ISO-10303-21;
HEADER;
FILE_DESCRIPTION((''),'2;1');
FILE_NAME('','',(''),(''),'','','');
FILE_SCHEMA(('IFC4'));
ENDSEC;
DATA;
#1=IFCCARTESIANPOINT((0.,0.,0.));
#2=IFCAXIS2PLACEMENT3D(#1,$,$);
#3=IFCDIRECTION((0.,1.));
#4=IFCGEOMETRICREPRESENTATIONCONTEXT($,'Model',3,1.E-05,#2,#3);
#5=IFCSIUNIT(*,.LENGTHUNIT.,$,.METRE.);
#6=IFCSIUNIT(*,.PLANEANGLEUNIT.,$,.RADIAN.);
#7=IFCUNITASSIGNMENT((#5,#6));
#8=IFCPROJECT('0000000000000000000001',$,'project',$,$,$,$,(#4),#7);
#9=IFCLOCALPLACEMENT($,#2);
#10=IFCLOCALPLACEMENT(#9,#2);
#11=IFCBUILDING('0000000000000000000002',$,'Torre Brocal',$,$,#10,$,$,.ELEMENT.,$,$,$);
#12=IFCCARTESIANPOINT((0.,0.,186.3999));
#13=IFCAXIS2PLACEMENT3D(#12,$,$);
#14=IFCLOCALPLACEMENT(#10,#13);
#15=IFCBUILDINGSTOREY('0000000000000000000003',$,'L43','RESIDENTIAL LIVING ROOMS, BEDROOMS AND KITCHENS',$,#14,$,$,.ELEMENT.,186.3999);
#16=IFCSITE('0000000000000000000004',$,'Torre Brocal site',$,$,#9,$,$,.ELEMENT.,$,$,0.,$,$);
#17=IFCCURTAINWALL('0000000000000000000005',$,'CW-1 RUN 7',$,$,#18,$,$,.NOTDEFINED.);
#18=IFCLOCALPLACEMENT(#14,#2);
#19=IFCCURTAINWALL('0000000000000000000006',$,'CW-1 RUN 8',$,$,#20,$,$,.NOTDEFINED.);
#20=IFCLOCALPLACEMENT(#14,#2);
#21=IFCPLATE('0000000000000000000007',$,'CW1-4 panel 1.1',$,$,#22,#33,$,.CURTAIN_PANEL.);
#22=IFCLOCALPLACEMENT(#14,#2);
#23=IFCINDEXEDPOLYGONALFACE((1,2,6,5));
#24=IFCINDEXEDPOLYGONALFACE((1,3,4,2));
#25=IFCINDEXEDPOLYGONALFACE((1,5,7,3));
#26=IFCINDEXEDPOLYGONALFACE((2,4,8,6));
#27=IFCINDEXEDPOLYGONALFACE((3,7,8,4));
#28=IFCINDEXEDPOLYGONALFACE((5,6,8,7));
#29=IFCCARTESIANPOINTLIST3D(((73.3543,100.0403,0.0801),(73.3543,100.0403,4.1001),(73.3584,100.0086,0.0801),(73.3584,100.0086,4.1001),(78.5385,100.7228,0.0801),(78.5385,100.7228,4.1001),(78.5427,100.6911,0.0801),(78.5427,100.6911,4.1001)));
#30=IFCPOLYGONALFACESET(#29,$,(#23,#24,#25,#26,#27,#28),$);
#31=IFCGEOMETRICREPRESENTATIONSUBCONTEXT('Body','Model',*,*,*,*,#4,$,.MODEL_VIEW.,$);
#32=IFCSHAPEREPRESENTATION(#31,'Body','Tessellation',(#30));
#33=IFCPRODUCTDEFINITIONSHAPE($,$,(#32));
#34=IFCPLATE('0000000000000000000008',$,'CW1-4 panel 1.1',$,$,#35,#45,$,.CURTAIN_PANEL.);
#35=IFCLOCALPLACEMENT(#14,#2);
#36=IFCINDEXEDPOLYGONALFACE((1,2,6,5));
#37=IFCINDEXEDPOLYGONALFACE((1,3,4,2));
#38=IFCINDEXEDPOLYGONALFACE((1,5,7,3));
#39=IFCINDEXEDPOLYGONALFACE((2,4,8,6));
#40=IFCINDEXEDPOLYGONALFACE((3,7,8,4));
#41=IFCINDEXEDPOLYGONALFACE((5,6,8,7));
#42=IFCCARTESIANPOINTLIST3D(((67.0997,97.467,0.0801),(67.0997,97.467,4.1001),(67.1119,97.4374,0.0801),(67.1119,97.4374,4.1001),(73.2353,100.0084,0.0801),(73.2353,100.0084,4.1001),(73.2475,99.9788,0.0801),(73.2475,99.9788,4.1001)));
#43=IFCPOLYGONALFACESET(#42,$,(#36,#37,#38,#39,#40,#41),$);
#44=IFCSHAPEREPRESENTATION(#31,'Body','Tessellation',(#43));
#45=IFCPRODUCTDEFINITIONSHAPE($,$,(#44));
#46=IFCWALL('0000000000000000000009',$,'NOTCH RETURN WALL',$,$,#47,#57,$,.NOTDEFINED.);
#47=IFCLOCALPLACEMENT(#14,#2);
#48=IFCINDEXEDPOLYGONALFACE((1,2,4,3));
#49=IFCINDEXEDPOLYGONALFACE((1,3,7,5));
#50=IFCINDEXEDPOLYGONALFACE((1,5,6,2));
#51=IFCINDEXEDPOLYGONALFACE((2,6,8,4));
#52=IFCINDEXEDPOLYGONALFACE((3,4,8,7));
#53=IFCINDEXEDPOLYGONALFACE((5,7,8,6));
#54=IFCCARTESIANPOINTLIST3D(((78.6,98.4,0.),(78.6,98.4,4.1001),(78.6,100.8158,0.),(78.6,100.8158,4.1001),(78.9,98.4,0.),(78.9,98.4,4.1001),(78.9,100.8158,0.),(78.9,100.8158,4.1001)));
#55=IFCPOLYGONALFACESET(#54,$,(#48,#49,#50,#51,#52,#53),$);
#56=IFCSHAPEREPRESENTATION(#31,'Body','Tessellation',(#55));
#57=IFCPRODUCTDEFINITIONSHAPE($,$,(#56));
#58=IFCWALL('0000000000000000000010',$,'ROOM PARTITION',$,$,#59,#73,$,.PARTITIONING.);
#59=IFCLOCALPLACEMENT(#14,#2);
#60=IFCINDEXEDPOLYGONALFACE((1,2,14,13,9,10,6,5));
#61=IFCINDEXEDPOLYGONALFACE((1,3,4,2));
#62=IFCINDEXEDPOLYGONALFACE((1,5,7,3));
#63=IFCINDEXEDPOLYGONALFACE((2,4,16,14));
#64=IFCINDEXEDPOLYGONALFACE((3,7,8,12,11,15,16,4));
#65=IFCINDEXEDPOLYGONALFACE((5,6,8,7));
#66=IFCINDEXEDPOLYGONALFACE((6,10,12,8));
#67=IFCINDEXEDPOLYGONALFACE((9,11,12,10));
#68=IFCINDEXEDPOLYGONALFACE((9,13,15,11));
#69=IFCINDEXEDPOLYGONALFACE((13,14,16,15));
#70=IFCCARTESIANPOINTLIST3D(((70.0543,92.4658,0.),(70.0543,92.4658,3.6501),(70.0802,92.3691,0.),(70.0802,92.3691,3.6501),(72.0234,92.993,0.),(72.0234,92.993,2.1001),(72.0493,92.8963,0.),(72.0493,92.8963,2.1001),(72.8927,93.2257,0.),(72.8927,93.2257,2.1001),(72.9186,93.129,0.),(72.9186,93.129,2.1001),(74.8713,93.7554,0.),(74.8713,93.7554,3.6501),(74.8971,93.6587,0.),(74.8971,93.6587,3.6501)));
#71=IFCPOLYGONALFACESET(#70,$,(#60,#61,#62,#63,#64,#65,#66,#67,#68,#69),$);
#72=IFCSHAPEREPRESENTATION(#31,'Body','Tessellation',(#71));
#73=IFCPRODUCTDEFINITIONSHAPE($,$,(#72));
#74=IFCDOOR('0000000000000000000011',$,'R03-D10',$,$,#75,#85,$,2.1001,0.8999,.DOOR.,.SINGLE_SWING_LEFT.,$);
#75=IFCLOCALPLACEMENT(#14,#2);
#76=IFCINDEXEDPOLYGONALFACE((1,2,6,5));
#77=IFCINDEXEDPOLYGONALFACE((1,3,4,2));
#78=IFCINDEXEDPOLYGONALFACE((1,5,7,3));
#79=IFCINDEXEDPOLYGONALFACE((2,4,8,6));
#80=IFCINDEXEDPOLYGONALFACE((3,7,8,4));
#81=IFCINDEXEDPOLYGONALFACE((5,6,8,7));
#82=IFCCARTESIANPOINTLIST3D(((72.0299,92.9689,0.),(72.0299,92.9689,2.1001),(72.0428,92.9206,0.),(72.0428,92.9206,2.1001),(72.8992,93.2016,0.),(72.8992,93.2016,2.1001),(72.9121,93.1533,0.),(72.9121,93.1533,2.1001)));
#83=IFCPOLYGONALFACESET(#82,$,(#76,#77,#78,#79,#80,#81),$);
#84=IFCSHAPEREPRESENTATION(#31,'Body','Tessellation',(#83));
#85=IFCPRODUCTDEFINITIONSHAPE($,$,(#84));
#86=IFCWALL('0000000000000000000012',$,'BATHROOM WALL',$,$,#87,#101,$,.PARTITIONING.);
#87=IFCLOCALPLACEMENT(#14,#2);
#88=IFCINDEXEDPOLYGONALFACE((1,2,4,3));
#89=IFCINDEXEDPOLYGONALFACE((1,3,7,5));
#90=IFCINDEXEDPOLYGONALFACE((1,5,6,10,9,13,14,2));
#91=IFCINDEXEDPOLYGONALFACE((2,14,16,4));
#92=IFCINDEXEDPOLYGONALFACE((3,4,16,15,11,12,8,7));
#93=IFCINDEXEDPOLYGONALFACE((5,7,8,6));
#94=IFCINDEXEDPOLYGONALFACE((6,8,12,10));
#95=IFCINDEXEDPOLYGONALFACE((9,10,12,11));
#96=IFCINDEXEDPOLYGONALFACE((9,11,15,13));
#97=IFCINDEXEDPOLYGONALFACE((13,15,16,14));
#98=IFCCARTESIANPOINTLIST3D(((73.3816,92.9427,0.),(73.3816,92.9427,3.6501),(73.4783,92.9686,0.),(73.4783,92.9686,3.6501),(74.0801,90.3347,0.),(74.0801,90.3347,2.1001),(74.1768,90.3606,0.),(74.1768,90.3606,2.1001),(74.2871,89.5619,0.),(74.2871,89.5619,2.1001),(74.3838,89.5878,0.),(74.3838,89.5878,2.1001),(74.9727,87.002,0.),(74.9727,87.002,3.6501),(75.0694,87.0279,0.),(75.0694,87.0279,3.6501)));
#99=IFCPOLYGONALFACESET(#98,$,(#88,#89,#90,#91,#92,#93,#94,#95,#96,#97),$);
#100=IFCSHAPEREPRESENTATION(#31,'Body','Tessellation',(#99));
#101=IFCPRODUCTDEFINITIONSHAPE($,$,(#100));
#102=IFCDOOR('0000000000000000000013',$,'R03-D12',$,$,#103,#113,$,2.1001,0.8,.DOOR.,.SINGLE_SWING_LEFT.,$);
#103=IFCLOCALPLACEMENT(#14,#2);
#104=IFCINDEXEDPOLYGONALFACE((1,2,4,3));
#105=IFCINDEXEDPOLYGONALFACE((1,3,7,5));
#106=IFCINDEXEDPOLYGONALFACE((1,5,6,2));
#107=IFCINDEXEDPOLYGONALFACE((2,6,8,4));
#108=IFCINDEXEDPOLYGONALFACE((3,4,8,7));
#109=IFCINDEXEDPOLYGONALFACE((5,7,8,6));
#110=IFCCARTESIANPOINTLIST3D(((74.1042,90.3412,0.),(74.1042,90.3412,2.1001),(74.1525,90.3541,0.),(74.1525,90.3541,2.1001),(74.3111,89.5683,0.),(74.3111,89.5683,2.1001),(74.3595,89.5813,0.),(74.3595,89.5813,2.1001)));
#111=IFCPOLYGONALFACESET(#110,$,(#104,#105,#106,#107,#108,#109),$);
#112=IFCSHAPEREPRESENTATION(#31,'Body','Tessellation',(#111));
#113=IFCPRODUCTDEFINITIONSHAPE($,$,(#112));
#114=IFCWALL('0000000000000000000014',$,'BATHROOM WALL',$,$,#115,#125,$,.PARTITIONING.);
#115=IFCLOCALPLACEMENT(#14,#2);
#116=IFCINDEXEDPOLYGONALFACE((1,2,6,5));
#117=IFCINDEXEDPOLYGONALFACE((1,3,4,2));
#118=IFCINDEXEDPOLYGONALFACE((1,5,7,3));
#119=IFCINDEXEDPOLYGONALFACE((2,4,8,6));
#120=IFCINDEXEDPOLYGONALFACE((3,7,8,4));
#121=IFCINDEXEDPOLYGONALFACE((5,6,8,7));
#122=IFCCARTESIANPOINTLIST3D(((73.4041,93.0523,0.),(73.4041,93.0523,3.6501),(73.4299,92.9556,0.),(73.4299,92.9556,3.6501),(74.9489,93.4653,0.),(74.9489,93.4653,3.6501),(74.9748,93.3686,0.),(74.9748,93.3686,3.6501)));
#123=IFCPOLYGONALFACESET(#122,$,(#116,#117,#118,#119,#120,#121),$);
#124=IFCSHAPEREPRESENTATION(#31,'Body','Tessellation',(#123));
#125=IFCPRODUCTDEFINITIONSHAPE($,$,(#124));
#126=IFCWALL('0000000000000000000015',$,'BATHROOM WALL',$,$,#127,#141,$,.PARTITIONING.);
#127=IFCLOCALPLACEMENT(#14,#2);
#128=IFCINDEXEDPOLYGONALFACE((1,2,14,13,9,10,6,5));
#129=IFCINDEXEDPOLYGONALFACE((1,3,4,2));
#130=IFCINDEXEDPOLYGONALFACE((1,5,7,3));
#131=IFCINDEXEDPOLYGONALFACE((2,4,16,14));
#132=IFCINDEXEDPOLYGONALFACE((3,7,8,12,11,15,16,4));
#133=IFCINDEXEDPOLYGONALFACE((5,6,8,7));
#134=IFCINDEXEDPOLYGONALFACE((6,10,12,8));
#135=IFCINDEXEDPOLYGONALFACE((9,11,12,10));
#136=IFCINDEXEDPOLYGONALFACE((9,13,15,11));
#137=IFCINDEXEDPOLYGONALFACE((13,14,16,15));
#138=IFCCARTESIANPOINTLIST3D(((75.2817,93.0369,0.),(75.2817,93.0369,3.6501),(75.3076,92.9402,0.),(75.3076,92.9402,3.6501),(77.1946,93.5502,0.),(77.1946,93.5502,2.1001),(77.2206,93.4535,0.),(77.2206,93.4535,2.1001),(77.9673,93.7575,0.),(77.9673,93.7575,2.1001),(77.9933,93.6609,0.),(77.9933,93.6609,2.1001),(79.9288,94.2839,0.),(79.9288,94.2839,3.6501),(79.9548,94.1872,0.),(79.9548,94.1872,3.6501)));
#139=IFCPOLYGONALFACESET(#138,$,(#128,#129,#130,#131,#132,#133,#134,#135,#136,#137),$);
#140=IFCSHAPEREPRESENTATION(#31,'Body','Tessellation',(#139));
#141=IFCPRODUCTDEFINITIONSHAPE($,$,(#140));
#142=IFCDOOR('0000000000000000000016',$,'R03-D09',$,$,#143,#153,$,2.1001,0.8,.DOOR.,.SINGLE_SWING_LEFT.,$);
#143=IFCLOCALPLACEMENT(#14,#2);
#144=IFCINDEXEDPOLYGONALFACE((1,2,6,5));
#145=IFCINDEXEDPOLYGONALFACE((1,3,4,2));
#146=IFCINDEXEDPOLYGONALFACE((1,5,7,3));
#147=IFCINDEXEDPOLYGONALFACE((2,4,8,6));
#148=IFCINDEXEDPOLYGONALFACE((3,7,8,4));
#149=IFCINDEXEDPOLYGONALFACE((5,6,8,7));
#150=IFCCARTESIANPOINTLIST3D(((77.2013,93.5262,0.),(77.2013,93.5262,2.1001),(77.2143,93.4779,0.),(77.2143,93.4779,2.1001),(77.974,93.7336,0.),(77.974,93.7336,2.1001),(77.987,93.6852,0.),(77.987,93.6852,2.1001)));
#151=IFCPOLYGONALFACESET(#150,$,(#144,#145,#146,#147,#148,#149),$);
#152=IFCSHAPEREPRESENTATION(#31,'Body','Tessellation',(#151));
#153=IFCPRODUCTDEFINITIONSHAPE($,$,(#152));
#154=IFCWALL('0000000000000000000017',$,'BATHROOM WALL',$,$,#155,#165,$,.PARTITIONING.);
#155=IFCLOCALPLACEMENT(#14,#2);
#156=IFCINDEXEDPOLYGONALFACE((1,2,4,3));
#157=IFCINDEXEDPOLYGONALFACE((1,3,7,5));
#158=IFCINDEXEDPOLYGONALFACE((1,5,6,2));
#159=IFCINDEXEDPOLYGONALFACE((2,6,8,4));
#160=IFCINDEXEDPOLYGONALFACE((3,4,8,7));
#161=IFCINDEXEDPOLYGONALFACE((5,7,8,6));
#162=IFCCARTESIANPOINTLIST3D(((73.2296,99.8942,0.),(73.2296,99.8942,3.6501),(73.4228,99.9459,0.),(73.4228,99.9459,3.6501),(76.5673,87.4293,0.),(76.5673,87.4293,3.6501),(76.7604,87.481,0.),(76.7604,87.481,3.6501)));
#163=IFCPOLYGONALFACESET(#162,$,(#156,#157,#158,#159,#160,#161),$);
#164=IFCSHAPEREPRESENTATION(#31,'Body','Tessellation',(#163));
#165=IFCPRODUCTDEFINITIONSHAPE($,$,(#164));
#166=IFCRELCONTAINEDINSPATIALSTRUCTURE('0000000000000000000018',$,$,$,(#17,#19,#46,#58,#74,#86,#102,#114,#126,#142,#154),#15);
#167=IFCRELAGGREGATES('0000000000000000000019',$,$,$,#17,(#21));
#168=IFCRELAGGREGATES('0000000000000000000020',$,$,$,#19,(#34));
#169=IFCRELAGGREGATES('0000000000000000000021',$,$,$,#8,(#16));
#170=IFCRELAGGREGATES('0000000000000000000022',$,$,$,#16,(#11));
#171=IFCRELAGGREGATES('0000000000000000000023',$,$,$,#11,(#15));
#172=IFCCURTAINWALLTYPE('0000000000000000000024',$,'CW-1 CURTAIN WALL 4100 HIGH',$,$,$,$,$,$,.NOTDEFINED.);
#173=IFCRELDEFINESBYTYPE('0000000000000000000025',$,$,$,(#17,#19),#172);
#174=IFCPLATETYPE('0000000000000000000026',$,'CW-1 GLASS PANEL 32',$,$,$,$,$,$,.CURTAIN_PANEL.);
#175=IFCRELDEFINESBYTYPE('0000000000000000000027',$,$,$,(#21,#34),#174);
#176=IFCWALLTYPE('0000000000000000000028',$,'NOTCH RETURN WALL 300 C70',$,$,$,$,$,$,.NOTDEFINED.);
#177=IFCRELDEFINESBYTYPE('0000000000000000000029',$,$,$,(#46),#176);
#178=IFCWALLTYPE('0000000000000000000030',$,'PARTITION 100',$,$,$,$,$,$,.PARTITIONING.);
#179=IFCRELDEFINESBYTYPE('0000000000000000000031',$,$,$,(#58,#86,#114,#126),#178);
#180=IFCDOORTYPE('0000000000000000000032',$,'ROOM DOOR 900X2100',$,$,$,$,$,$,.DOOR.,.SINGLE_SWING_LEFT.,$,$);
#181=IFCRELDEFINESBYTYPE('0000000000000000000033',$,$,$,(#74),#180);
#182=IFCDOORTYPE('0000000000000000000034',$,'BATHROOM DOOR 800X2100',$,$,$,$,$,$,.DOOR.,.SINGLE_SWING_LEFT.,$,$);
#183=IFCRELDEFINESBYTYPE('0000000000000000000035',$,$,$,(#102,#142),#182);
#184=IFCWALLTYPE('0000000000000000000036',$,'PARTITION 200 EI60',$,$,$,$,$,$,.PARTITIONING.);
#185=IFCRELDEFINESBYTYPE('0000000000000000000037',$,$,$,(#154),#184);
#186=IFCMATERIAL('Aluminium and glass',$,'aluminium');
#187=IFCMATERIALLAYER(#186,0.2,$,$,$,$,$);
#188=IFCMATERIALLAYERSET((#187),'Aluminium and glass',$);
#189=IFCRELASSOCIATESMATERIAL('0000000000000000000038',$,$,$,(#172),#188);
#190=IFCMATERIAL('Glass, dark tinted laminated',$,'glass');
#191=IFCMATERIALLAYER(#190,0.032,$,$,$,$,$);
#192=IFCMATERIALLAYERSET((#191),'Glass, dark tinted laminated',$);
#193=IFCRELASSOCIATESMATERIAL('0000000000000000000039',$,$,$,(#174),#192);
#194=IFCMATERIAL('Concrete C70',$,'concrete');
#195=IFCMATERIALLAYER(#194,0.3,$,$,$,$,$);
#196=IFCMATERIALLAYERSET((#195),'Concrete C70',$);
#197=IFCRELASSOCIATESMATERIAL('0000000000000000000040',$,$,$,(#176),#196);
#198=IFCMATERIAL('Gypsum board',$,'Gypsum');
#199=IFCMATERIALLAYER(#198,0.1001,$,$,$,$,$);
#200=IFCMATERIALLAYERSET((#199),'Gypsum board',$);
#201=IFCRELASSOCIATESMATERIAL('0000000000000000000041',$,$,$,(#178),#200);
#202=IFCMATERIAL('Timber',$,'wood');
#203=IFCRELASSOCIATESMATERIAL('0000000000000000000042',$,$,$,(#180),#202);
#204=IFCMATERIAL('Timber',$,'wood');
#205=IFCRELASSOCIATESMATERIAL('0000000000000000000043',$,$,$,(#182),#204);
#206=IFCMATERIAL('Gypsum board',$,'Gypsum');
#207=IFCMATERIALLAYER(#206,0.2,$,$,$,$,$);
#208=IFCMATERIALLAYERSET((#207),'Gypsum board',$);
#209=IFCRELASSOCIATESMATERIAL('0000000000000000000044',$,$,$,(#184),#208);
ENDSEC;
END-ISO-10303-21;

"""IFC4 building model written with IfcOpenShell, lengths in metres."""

from ifc_helpers import new_model, si_unit, direction, frame, frame_2d, origin, origin_2d, place, context, subcontext, project, spatial, rectangle, extrude, material, layer, layer_set, type_object, element, fill, aggregate, save


model = new_model("IFC4")

# Units and contexts
model_context = context("Model", 3, precision=1e-05, world=origin(), true_north=direction((0.0, 1.0)))
body_context = subcontext(model_context, "Body", "Model", "MODEL_VIEW")
ifc_project = project(units=[si_unit("LENGTHUNIT", "METRE"), si_unit("PLANEANGLEUNIT", "RADIAN")], contexts=[model_context])

# Site, building, storey
site_placement = place(None, origin())
site = spatial("IfcSite", under=ifc_project, at=site_placement, Name="Torre Brocal site", CompositionType="ELEMENT", RefElevation=0.0)
building_placement = place(site_placement, origin())
building = spatial("IfcBuilding", under=site, at=building_placement, Name="Torre Brocal", CompositionType="ELEMENT")
storey_placement = place(building_placement, frame((0.0, 0.0, 186.3999)))
storey = spatial("IfcBuildingStorey", under=building, at=storey_placement, Name="L43", Description="RESIDENTIAL LIVING ROOMS, BEDROOMS AND KITCHENS", CompositionType="ELEMENT", Elevation=186.3999)

# Curtain wall
ifc_material_1 = material(Name="Aluminium and glass", Category="aluminium")
ifc_layer_1 = layer(ifc_material_1, 0.2)
ifc_layer_set_1 = layer_set([ifc_layer_1], Name="Aluminium and glass")
curtain_wall_type = type_object("IfcCurtainWallType", Name="CW-1 CURTAIN WALL 4100 HIGH", PredefinedType="NOTDEFINED", material=ifc_layer_set_1)
curtain_wall_1_placement = place(storey_placement, origin())
curtain_wall_1 = element("IfcCurtainWall", 1, at=curtain_wall_1_placement, inside=storey, type_object=curtain_wall_type, Name="CW-1 RUN 7", PredefinedType="NOTDEFINED")

# Curtain wall
curtain_wall_2_placement = place(storey_placement, origin())
curtain_wall_2 = element("IfcCurtainWall", 2, at=curtain_wall_2_placement, inside=storey, type_object=curtain_wall_type, Name="CW-1 RUN 8", PredefinedType="NOTDEFINED")

# Plates
ifc_material_2 = material(Name="Glass, dark tinted laminated", Category="glass")
ifc_layer_2 = layer(ifc_material_2, 0.032)
ifc_layer_set_2 = layer_set([ifc_layer_2], Name="Glass, dark tinted laminated")
plate_type = type_object("IfcPlateType", Name="CW-1 GLASS PANEL 32", PredefinedType="CURTAIN_PANEL", material=ifc_layer_set_2)
plate_1_placement = place(storey_placement, frame((75.9485, 100.3657, 0.0801), z_axis=(0.0, 0.0, 1.0), x_axis=(-0.991445, -0.130526, 0.0)))
plate_1 = element("IfcPlate", 3, at=plate_1_placement, type_object=plate_type, Name="CW1-4 panel 1.1", PredefinedType="CURTAIN_PANEL", context=body_context, shape_type="SweptSolid", body=[
    extrude(rectangle(XDim=5.229, YDim=0.032, at=origin_2d()), origin(), (0.0, 0.0, 1.0), 4.02),
])
aggregate(curtain_wall_1, [plate_1])
plate_2_placement = place(storey_placement, frame((70.1736, 98.7229, 0.0801), z_axis=(0.0, 0.0, 1.0), x_axis=(-0.92388, -0.382683, 0.0)))
plate_2 = element("IfcPlate", 4, at=plate_2_placement, type_object=plate_type, Name="CW1-4 panel 1.1", PredefinedType="CURTAIN_PANEL", context=body_context, shape_type="SweptSolid", body=[
    extrude(rectangle(XDim=6.6411, YDim=0.032, at=origin_2d()), origin(), (0.0, 0.0, 1.0), 4.02),
])
aggregate(curtain_wall_2, [plate_2])

# Wall
ifc_material_3 = material(Name="Concrete C70", Category="concrete")
ifc_layer_3 = layer(ifc_material_3, 0.3)
ifc_layer_set_3 = layer_set([ifc_layer_3], Name="Concrete C70")
wall_type_1 = type_object("IfcWallType", Name="NOTCH RETURN WALL 300 C70", PredefinedType="NOTDEFINED", material=ifc_layer_set_3)
wall_1_placement = place(storey_placement, frame((78.75, 98.3999, 0.0), z_axis=(0.0, 0.0, 1.0), x_axis=(0.0, 1.0, 0.0)))
element("IfcWall", 5, at=wall_1_placement, inside=storey, type_object=wall_type_1, Name="NOTCH RETURN WALL", PredefinedType="NOTDEFINED", context=body_context, shape_type="SweptSolid", body=[
    extrude(rectangle(XDim=2.4158, YDim=0.3, at=frame_2d((1.208, 0.0))), origin(), (0.0, 0.0, 1.0), 4.1001),
])

# Walls, openings, doors
ifc_material_4 = material(Name="Gypsum board", Category="Gypsum")
ifc_layer_4 = layer(ifc_material_4, 0.1001)
ifc_layer_set_4 = layer_set([ifc_layer_4], Name="Gypsum board")
wall_type_2 = type_object("IfcWallType", Name="PARTITION 100", PredefinedType="PARTITIONING", material=ifc_layer_set_4)
wall_2_placement = place(storey_placement, frame((70.0674, 92.4175, 0.0), z_axis=(0.0, 0.0, 1.0), x_axis=(0.965983, 0.258607, 0.0)))
wall_2 = element("IfcWall", 6, at=wall_2_placement, inside=storey, type_object=wall_type_2, Name="ROOM PARTITION", PredefinedType="PARTITIONING", context=body_context, shape_type="SweptSolid", body=[
    extrude(rectangle(XDim=4.9866, YDim=0.1001, at=frame_2d((2.4932, 0.0))), origin(), (0.0, 0.0, 1.0), 3.6501),
])
opening_1_placement = place(wall_2_placement, frame((2.0383, 0.0, 0.0)))
opening_1 = element("IfcOpeningElement", 7, at=opening_1_placement, cuts=wall_2, PredefinedType="OPENING", context=body_context, shape_type="SweptSolid", body=[
    extrude(rectangle(XDim=0.8999, YDim=2.1001, at=frame_2d((0.45, 1.05))), frame((0.0, 0.0601, 0.0), z_axis=(0.0, -1.0, 0.0), x_axis=(1.0, 0.0, 0.0)), (0.0, 0.0, 1.0), 0.1201),
])
ifc_material_5 = material(Name="Timber", Category="wood")
door_type_1 = type_object("IfcDoorType", Name="ROOM DOOR 900X2100", OperationType="SINGLE_SWING_LEFT", PredefinedType="DOOR", material=ifc_material_5)
door_1_placement = place(opening_1_placement, frame((0.8999, 0.0, 0.0), z_axis=(0.0, 0.0, 1.0), x_axis=(-1.0, 0.0, 0.0)))
door_1 = element("IfcDoor", 8, at=door_1_placement, inside=storey, type_object=door_type_1, Name="R03-D10", OperationType="SINGLE_SWING_LEFT", OverallHeight=2.1001, OverallWidth=0.8999, PredefinedType="DOOR", context=body_context, shape_type="SweptSolid", body=[
    extrude(rectangle(XDim=0.8999, YDim=2.1001, at=frame_2d((0.45, 1.05))), frame((0.0, 0.0249, 0.0), z_axis=(0.0, -1.0, 0.0), x_axis=(1.0, 0.0, 0.0)), (0.0, 0.0, 1.0), 0.05),
])
fill(opening_1, door_1)
wall_3_placement = place(storey_placement, frame((73.4299, 92.9558, 0.0), z_axis=(0.0, 0.0, 1.0), x_axis=(0.258708, -0.965956, 0.0)))
wall_3 = element("IfcWall", 9, at=wall_3_placement, inside=storey, type_object=wall_type_2, Name="BATHROOM WALL", PredefinedType="PARTITIONING", context=body_context, shape_type="SweptSolid", body=[
    extrude(rectangle(XDim=6.1501, YDim=0.1001, at=frame_2d((3.0752, 0.0))), origin(), (0.0, 0.0, 1.0), 3.6501),
])
opening_2_placement = place(wall_3_placement, frame((2.7002, 0.0, 0.0)))
opening_2 = element("IfcOpeningElement", 10, at=opening_2_placement, cuts=wall_3, PredefinedType="OPENING", context=body_context, shape_type="SweptSolid", body=[
    extrude(rectangle(XDim=0.8, YDim=2.1001, at=frame_2d((0.3999, 1.05))), frame((0.0, 0.0601, 0.0), z_axis=(0.0, -1.0, 0.0), x_axis=(1.0, 0.0, 0.0)), (0.0, 0.0, 1.0), 0.1201),
])
ifc_material_6 = material(Name="Timber", Category="wood")
door_type_2 = type_object("IfcDoorType", Name="BATHROOM DOOR 800X2100", OperationType="SINGLE_SWING_LEFT", PredefinedType="DOOR", material=ifc_material_6)
door_2_placement = place(opening_2_placement, origin())
door_2 = element("IfcDoor", 11, at=door_2_placement, inside=storey, type_object=door_type_2, Name="R03-D12", OperationType="SINGLE_SWING_LEFT", OverallHeight=2.1001, OverallWidth=0.8, PredefinedType="DOOR", context=body_context, shape_type="SweptSolid", body=[
    extrude(rectangle(XDim=0.8, YDim=2.1001, at=frame_2d((0.3999, 1.05))), frame((0.0, 0.0249, 0.0), z_axis=(0.0, -1.0, 0.0), x_axis=(1.0, 0.0, 0.0)), (0.0, 0.0, 1.0), 0.05),
])
fill(opening_2, door_2)

# Wall
wall_4_placement = place(storey_placement, frame((73.417, 93.0039, 0.0), z_axis=(0.0, 0.0, 1.0), x_axis=(0.966062, 0.258309, 0.0)))
element("IfcWall", 12, at=wall_4_placement, inside=storey, type_object=wall_type_2, Name="BATHROOM WALL", PredefinedType="PARTITIONING", context=body_context, shape_type="SweptSolid", body=[
    extrude(rectangle(XDim=1.5991, YDim=0.1001, at=frame_2d((0.7996, 0.0))), origin(), (0.0, 0.0, 1.0), 3.6501),
])

# Wall, opening, door
wall_5_placement = place(storey_placement, frame((75.2947, 92.9885, 0.0), z_axis=(0.0, 0.0, 1.0), x_axis=(0.96583, 0.259178, 0.0)))
wall_5 = element("IfcWall", 13, at=wall_5_placement, inside=storey, type_object=wall_type_2, Name="BATHROOM WALL", PredefinedType="PARTITIONING", context=body_context, shape_type="SweptSolid", body=[
    extrude(rectangle(XDim=4.8115, YDim=0.1001, at=frame_2d((2.4058, 0.0))), origin(), (0.0, 0.0, 1.0), 3.6501),
])
opening_3_placement = place(wall_5_placement, frame((1.9807, 0.0, 0.0)))
opening_3 = element("IfcOpeningElement", 14, at=opening_3_placement, cuts=wall_5, PredefinedType="OPENING", context=body_context, shape_type="SweptSolid", body=[
    extrude(rectangle(XDim=0.8, YDim=2.1001, at=frame_2d((0.3999, 1.05))), frame((0.0, 0.0601, 0.0), z_axis=(0.0, -1.0, 0.0), x_axis=(1.0, 0.0, 0.0)), (0.0, 0.0, 1.0), 0.1201),
])
door_3_placement = place(opening_3_placement, frame((0.8, 0.0, 0.0), z_axis=(0.0, 0.0, 1.0), x_axis=(-1.0, 0.0, 0.0)))
door_3 = element("IfcDoor", 15, at=door_3_placement, inside=storey, type_object=door_type_2, Name="R03-D09", OperationType="SINGLE_SWING_LEFT", OverallHeight=2.1001, OverallWidth=0.8, PredefinedType="DOOR", context=body_context, shape_type="SweptSolid", body=[
    extrude(rectangle(XDim=0.8, YDim=2.1001, at=frame_2d((0.3999, 1.05))), frame((0.0, 0.0249, 0.0), z_axis=(0.0, -1.0, 0.0), x_axis=(1.0, 0.0, 0.0)), (0.0, 0.0, 1.0), 0.05),
])
fill(opening_3, door_3)

# Wall
ifc_material_7 = material(Name="Gypsum board", Category="Gypsum")
ifc_layer_5 = layer(ifc_material_7, 0.2)
ifc_layer_set_5 = layer_set([ifc_layer_5], Name="Gypsum board")
wall_type_3 = type_object("IfcWallType", Name="PARTITION 200 EI60", PredefinedType="PARTITIONING", material=ifc_layer_set_5)
wall_6_placement = place(storey_placement, frame((73.3262, 99.9202, 0.0), z_axis=(0.0, 0.0, 1.0), x_axis=(0.258653, -0.96597, 0.0)))
element("IfcWall", 16, at=wall_6_placement, inside=storey, type_object=wall_type_3, Name="BATHROOM WALL", PredefinedType="PARTITIONING", context=body_context, shape_type="SweptSolid", body=[
    extrude(rectangle(XDim=12.9041, YDim=0.2, at=frame_2d((6.4521, 0.0))), origin(), (0.0, 0.0, 1.0), 3.6501),
])

save(model, "model.ifc")
